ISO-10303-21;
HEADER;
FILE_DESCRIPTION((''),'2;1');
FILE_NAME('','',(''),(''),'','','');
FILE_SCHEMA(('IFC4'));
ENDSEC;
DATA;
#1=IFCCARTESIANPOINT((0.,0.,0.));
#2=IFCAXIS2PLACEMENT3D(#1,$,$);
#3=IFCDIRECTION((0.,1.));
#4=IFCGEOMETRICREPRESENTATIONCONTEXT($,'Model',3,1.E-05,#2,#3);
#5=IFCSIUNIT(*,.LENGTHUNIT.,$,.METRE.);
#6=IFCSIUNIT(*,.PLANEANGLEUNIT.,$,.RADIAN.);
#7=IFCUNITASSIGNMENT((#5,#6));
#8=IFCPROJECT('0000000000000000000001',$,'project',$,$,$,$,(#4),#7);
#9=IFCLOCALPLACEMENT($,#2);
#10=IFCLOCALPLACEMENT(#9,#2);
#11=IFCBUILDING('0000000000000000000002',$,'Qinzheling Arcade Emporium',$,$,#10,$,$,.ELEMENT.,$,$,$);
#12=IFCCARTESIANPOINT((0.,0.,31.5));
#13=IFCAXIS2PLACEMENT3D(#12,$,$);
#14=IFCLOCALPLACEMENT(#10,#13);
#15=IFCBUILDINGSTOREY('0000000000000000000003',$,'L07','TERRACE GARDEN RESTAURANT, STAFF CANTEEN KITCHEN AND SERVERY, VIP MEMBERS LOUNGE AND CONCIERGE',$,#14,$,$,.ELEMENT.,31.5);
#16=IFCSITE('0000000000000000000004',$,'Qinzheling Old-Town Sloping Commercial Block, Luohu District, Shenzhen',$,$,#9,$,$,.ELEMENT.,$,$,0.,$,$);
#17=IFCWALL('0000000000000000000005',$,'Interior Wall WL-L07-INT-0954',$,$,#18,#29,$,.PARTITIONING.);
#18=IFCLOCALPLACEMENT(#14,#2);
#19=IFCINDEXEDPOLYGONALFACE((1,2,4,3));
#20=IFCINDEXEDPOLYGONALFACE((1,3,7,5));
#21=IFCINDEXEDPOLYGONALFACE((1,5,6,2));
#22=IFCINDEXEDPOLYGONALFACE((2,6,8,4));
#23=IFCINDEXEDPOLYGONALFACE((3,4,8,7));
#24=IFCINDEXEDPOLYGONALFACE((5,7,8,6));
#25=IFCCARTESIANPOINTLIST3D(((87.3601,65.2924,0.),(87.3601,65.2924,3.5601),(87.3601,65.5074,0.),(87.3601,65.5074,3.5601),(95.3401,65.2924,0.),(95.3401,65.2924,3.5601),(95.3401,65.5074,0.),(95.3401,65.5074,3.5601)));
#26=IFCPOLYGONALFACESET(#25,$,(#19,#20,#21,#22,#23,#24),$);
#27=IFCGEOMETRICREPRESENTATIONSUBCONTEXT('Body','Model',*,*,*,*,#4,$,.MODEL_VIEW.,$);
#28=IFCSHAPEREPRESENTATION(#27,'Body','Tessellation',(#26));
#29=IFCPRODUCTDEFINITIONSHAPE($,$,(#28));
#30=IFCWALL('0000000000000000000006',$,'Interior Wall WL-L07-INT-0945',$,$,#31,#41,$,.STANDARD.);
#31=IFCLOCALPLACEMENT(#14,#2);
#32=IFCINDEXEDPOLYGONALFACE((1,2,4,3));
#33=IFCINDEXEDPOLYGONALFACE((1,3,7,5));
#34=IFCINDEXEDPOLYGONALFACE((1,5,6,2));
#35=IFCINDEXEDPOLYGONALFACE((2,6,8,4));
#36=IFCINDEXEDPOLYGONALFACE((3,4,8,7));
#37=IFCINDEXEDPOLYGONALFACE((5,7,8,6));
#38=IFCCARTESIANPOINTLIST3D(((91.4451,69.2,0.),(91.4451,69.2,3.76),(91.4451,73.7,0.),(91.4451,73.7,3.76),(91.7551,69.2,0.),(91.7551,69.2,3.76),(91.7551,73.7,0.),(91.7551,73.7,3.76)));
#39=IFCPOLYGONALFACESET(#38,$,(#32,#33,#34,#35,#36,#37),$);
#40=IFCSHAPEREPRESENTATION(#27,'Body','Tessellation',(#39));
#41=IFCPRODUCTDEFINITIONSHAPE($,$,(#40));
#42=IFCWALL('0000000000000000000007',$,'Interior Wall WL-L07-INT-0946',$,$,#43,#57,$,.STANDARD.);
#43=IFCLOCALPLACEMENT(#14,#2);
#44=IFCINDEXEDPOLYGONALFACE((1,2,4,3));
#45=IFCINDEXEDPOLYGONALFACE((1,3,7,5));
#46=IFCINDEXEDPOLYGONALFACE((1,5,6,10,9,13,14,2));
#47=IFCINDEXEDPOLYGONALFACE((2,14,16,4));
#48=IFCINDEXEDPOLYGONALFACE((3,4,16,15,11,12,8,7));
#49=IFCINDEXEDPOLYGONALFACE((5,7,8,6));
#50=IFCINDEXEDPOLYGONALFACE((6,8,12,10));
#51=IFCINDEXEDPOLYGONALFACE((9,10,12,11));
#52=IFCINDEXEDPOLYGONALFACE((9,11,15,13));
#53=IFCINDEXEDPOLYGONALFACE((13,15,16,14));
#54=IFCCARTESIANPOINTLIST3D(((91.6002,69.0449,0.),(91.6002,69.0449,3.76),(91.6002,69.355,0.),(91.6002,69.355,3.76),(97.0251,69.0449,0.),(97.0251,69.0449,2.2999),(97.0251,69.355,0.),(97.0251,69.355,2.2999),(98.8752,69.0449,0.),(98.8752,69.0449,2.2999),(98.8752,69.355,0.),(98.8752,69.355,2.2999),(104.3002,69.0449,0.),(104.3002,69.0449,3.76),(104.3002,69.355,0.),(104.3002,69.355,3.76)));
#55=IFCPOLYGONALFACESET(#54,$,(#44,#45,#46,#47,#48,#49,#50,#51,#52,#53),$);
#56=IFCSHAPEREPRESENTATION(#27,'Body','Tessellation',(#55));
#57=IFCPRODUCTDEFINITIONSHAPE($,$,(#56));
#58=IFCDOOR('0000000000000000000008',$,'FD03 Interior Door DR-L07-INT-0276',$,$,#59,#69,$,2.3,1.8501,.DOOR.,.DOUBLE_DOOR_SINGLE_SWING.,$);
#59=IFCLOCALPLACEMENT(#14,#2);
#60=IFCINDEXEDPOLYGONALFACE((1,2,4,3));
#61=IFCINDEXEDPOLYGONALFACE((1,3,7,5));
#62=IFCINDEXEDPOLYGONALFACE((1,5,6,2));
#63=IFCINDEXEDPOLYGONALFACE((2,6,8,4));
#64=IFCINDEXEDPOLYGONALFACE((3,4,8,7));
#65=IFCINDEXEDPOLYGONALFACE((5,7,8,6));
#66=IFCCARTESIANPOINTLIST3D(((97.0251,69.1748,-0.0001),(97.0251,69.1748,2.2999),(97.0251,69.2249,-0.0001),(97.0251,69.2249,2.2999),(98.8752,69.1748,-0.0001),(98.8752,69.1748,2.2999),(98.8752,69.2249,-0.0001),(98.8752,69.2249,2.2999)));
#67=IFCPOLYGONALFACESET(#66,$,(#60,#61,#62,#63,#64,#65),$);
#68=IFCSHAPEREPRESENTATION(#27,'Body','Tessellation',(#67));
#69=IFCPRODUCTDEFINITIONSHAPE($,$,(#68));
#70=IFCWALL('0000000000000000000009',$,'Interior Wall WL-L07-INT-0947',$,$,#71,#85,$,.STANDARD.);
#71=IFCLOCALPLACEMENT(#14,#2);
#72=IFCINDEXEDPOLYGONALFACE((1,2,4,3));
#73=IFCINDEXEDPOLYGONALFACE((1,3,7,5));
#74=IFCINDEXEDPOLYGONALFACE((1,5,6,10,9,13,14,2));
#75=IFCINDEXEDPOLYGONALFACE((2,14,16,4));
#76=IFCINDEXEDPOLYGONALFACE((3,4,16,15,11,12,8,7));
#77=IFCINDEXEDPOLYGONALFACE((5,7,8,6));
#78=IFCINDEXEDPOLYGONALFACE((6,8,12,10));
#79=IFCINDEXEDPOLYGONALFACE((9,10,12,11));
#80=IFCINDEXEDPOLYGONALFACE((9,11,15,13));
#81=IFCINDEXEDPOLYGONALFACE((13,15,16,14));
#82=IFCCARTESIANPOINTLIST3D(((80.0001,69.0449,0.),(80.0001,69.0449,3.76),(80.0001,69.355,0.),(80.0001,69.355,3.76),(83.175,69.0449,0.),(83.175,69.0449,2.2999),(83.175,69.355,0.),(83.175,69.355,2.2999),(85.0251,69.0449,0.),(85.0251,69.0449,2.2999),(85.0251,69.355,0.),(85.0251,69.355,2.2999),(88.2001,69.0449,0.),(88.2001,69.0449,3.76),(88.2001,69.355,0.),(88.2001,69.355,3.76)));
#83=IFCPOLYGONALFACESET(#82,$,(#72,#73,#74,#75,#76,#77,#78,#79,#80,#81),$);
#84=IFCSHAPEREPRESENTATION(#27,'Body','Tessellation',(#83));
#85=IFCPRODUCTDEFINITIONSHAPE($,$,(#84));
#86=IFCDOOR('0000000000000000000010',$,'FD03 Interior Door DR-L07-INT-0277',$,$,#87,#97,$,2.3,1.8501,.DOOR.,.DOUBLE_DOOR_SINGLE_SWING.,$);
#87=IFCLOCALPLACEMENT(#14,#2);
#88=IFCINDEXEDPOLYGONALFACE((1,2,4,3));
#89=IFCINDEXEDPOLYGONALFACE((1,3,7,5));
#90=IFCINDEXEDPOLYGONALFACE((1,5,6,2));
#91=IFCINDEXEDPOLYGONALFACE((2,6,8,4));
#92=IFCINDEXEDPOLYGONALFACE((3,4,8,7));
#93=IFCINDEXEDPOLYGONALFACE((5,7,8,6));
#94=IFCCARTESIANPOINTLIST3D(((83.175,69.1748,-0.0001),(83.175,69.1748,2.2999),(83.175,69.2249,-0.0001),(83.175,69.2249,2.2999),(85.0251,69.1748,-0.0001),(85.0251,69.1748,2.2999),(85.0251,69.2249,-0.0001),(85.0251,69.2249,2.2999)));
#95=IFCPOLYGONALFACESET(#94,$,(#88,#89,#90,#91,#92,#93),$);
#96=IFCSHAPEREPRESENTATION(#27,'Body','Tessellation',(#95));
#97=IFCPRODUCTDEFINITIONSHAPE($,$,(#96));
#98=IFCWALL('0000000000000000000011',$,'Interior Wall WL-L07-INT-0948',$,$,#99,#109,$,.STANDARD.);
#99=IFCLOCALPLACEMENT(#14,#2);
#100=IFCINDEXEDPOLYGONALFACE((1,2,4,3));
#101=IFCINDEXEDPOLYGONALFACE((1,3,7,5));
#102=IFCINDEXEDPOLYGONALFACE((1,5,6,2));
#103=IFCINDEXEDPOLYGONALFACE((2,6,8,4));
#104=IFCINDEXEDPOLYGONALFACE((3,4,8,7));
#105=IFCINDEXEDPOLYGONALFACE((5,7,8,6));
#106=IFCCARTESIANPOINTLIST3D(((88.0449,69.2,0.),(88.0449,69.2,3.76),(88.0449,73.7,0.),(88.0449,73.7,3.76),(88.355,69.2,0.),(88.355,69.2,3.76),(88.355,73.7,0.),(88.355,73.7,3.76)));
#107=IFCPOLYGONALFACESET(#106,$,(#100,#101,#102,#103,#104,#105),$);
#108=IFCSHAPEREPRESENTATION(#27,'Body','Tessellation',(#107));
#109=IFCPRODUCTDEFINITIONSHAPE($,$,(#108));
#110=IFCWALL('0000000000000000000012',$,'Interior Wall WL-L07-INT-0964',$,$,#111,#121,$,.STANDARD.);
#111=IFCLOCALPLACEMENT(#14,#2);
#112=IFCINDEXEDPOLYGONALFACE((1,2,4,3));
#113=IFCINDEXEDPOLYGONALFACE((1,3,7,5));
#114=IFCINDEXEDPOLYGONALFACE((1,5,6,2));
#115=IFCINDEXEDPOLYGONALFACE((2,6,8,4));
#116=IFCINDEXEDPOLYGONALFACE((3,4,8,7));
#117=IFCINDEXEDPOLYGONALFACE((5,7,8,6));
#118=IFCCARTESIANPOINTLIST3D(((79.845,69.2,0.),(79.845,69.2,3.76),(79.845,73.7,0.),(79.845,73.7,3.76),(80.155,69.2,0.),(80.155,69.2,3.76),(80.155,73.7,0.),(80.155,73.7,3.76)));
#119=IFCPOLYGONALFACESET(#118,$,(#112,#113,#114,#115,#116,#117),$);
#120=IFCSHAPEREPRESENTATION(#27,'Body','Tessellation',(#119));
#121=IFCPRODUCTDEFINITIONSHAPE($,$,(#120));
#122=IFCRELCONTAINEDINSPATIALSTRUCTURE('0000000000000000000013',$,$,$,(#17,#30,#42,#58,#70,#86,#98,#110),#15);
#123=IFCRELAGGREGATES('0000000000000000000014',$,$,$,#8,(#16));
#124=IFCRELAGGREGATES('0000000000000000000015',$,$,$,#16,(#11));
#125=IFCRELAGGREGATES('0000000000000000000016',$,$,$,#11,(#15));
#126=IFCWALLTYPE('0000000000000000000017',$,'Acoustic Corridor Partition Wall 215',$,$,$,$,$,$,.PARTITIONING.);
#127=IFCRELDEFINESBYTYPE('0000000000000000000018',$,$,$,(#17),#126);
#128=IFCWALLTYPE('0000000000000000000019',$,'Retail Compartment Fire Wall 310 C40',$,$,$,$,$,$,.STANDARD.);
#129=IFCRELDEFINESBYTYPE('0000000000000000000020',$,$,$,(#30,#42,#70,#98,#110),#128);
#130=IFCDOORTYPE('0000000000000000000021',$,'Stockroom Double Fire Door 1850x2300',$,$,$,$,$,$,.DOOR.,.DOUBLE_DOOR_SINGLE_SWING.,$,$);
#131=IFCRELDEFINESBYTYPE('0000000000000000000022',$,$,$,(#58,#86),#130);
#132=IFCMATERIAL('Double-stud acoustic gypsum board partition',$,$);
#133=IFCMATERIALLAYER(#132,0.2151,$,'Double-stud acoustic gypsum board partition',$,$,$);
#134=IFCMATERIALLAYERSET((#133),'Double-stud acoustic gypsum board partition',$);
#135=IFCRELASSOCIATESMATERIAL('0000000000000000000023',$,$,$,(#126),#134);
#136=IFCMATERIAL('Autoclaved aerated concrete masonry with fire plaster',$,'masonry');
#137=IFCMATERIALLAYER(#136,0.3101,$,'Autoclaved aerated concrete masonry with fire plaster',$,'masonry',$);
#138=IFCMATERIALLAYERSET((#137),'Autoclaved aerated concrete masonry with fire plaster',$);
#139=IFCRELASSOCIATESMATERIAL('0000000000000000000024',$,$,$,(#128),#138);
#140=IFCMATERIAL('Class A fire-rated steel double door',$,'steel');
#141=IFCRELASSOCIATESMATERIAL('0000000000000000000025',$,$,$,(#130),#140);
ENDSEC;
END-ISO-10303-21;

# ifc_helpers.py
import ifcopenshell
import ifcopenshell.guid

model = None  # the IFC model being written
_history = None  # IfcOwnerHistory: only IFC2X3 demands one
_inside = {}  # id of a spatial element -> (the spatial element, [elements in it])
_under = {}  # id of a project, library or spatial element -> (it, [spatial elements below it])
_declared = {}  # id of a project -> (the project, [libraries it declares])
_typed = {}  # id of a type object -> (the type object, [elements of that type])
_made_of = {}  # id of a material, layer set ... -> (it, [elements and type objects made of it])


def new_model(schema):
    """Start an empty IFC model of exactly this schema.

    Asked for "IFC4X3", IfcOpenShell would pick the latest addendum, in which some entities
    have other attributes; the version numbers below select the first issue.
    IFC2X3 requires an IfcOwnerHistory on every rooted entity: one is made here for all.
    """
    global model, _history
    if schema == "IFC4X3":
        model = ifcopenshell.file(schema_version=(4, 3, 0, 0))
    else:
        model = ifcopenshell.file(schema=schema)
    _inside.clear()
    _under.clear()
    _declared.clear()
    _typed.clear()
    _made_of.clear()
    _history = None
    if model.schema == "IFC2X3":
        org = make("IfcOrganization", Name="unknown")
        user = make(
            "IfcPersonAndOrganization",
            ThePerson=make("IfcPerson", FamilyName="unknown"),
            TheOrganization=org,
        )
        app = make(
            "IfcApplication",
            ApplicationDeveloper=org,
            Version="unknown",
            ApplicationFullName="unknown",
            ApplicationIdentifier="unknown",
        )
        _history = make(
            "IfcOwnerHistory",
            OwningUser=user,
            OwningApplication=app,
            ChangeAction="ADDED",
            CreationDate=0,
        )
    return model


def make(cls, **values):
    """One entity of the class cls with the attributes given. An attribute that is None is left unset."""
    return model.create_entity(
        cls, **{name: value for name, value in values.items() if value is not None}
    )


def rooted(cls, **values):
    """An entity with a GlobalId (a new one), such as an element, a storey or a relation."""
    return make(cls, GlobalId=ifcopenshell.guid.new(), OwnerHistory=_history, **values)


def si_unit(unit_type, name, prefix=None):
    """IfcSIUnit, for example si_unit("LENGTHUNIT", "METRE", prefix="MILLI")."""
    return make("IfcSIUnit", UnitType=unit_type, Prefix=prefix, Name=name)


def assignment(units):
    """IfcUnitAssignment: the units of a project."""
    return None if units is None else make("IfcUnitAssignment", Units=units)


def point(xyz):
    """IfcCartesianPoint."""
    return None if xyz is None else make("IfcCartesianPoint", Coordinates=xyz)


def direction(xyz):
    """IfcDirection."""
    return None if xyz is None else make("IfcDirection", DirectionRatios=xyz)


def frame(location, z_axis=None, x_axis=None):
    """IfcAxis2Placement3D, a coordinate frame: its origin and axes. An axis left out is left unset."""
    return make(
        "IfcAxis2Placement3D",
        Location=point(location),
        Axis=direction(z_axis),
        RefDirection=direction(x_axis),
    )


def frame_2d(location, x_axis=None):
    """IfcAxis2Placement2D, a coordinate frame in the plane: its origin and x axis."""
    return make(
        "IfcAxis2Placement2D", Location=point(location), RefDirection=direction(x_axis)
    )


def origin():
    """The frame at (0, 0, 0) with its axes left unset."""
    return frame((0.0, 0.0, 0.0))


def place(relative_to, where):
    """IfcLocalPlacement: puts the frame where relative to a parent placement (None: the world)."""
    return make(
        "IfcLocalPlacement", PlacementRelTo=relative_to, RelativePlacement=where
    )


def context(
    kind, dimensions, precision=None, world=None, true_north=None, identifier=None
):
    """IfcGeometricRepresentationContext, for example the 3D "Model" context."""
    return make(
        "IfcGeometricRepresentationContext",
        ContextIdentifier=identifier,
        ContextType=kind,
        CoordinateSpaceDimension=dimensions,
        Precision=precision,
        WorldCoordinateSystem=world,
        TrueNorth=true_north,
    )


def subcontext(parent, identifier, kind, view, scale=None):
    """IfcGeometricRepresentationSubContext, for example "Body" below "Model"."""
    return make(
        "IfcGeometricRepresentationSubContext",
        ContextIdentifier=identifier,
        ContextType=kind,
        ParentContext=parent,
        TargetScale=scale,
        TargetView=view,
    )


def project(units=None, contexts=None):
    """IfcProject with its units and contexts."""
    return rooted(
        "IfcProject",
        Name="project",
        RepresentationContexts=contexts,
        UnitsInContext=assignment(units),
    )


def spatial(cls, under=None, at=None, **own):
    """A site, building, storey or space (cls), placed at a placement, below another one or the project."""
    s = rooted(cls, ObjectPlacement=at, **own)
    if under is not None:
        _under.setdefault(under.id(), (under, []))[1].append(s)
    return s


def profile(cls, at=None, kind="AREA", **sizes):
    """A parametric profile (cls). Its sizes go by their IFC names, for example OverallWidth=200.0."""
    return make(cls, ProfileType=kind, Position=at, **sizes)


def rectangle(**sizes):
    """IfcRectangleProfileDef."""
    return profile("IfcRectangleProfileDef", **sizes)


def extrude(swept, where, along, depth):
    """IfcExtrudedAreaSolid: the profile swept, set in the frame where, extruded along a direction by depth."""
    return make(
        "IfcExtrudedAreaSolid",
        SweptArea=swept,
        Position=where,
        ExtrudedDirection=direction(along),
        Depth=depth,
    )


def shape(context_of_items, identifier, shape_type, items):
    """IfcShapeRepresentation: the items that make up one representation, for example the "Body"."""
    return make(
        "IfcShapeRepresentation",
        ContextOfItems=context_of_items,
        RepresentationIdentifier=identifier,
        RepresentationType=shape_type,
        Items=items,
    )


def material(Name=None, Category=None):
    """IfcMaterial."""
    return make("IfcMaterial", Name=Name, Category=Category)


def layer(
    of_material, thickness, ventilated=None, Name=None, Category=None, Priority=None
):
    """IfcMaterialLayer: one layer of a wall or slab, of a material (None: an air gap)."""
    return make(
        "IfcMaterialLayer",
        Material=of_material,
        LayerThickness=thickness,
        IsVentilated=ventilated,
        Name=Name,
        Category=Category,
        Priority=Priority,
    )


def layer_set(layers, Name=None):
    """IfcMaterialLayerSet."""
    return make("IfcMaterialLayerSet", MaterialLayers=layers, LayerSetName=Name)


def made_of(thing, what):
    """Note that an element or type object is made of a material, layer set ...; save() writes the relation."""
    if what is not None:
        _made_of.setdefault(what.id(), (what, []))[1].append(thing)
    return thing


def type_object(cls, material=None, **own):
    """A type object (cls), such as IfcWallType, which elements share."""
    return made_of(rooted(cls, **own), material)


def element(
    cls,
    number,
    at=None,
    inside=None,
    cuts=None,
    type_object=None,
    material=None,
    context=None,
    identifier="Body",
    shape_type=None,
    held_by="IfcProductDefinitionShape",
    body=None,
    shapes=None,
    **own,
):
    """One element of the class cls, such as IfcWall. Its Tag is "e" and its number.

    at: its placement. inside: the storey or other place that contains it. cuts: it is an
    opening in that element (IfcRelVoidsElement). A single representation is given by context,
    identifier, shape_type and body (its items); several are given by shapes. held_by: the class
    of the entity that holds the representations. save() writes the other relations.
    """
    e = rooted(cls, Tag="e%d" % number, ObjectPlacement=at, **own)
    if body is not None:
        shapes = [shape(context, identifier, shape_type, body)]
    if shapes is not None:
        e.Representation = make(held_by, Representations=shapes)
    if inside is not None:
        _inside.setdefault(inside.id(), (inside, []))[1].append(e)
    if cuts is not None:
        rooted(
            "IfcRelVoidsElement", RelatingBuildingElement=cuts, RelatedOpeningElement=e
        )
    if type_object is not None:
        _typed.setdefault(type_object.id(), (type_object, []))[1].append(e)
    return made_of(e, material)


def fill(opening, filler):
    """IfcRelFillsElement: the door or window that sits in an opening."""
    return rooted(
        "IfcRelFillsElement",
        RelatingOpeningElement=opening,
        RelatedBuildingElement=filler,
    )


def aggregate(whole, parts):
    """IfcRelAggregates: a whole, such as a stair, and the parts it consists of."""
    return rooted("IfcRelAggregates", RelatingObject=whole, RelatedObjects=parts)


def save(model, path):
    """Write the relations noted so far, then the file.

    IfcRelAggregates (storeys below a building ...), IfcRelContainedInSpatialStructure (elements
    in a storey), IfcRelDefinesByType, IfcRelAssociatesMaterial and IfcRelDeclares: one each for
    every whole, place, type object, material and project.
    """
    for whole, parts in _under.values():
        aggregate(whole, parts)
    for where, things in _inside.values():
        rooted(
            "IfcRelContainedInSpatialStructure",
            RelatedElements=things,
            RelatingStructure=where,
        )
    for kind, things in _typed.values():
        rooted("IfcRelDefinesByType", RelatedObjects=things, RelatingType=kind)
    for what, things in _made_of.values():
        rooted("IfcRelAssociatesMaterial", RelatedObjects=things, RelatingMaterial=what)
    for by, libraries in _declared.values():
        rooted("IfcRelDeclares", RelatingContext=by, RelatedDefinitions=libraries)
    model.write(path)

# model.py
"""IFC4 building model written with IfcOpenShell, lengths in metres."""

from ifc_helpers import new_model, si_unit, direction, frame, frame_2d, origin, place, context, subcontext, project, spatial, rectangle, extrude, material, layer, layer_set, type_object, element, fill, save


model = new_model("IFC4")

# Units and contexts
model_context = context("Model", 3, precision=1e-05, world=origin(), true_north=direction((0.0, 1.0)))
body_context = subcontext(model_context, "Body", "Model", "MODEL_VIEW")
ifc_project = project(units=[si_unit("LENGTHUNIT", "METRE"), si_unit("PLANEANGLEUNIT", "RADIAN")], contexts=[model_context])

# Site, building, storey
site_placement = place(None, origin())
site = spatial("IfcSite", under=ifc_project, at=site_placement, Name="Qinzheling Old-Town Sloping Commercial Block, Luohu District, Shenzhen", CompositionType="ELEMENT", RefElevation=0.0)
building_placement = place(site_placement, origin())
building = spatial("IfcBuilding", under=site, at=building_placement, Name="Qinzheling Arcade Emporium", CompositionType="ELEMENT")
storey_placement = place(building_placement, frame((0.0, 0.0, 31.5)))
storey = spatial("IfcBuildingStorey", under=building, at=storey_placement, Name="L07", Description="TERRACE GARDEN RESTAURANT, STAFF CANTEEN KITCHEN AND SERVERY, VIP MEMBERS LOUNGE AND CONCIERGE", CompositionType="ELEMENT", Elevation=31.5)

# Walls
ifc_material_1 = material(Name="Double-stud acoustic gypsum board partition")
ifc_layer_1 = layer(ifc_material_1, 0.2151, Name="Double-stud acoustic gypsum board partition")
ifc_layer_set_1 = layer_set([ifc_layer_1], Name="Double-stud acoustic gypsum board partition")
wall_type_1 = type_object("IfcWallType", Name="Acoustic Corridor Partition Wall 215", PredefinedType="PARTITIONING", material=ifc_layer_set_1)
wall_1_placement = place(storey_placement, frame((95.3401, 65.3999, 0.0), z_axis=(0.0, 0.0, 1.0), x_axis=(-1.0, 0.0, 0.0)))
element("IfcWall", 1, at=wall_1_placement, inside=storey, type_object=wall_type_1, Name="Interior Wall WL-L07-INT-0954", PredefinedType="PARTITIONING", context=body_context, shape_type="SweptSolid", body=[
    extrude(rectangle(XDim=7.98, YDim=0.2151, at=frame_2d((3.99, 0.0))), origin(), (0.0, 0.0, 1.0), 3.5601),
])
ifc_material_2 = material(Name="Autoclaved aerated concrete masonry with fire plaster", Category="masonry")
ifc_layer_2 = layer(ifc_material_2, 0.3101, Name="Autoclaved aerated concrete masonry with fire plaster", Category="masonry")
ifc_layer_set_2 = layer_set([ifc_layer_2], Name="Autoclaved aerated concrete masonry with fire plaster")
wall_type_2 = type_object("IfcWallType", Name="Retail Compartment Fire Wall 310 C40", PredefinedType="STANDARD", material=ifc_layer_set_2)
wall_2_placement = place(storey_placement, frame((91.6001, 73.7, 0.0), z_axis=(0.0, 0.0, 1.0), x_axis=(0.0, -1.0, 0.0)))
element("IfcWall", 2, at=wall_2_placement, inside=storey, type_object=wall_type_2, Name="Interior Wall WL-L07-INT-0945", PredefinedType="STANDARD", context=body_context, shape_type="SweptSolid", body=[
    extrude(rectangle(XDim=4.5, YDim=0.3101, at=frame_2d((2.25, 0.0))), origin(), (0.0, 0.0, 1.0), 3.76),
])

# Walls, openings, doors
wall_3_placement = place(storey_placement, frame((91.6001, 69.2, 0.0), z_axis=(0.0, 0.0, 1.0), x_axis=(1.0, 0.0, 0.0)))
wall_3 = element("IfcWall", 3, at=wall_3_placement, inside=storey, type_object=wall_type_2, Name="Interior Wall WL-L07-INT-0946", PredefinedType="STANDARD", context=body_context, shape_type="SweptSolid", body=[
    extrude(rectangle(XDim=12.7, YDim=0.3101, at=frame_2d((6.3501, 0.0))), origin(), (0.0, 0.0, 1.0), 3.76),
])
opening_1_placement = place(wall_3_placement, frame((5.425, 0.0, 0.0)))
opening_1 = element("IfcOpeningElement", 4, at=opening_1_placement, cuts=wall_3, PredefinedType="OPENING", context=body_context, shape_type="SweptSolid", body=[
    extrude(rectangle(XDim=1.8501, YDim=2.3, at=frame_2d((0.925, 1.1499))), frame((0.0, 0.165, 0.0), z_axis=(0.0, -1.0, 0.0), x_axis=(1.0, 0.0, 0.0)), (0.0, 0.0, 1.0), 0.3301),
])
ifc_material_3 = material(Name="Class A fire-rated steel double door", Category="steel")
door_type = type_object("IfcDoorType", Name="Stockroom Double Fire Door 1850x2300", OperationType="DOUBLE_DOOR_SINGLE_SWING", PredefinedType="DOOR", material=ifc_material_3)
door_1_placement = place(opening_1_placement, origin())
door_1 = element("IfcDoor", 5, at=door_1_placement, inside=storey, type_object=door_type, Name="FD03 Interior Door DR-L07-INT-0276", OperationType="DOUBLE_DOOR_SINGLE_SWING", OverallHeight=2.3, OverallWidth=1.8501, PredefinedType="DOOR", context=body_context, shape_type="SweptSolid", body=[
    extrude(rectangle(XDim=1.8501, YDim=2.3, at=frame_2d((0.925, 1.1499))), frame((0.0, 0.0249, 0.0), z_axis=(0.0, -1.0, 0.0), x_axis=(1.0, 0.0, 0.0)), (0.0, 0.0, 1.0), 0.05),
])
fill(opening_1, door_1)
wall_4_placement = place(storey_placement, frame((80.0, 69.2, 0.0), z_axis=(0.0, 0.0, 1.0), x_axis=(1.0, 0.0, 0.0)))
wall_4 = element("IfcWall", 6, at=wall_4_placement, inside=storey, type_object=wall_type_2, Name="Interior Wall WL-L07-INT-0947", PredefinedType="STANDARD", context=body_context, shape_type="SweptSolid", body=[
    extrude(rectangle(XDim=8.2, YDim=0.3101, at=frame_2d((4.1001, 0.0))), origin(), (0.0, 0.0, 1.0), 3.76),
])
opening_2_placement = place(wall_4_placement, frame((3.175, 0.0, 0.0)))
opening_2 = element("IfcOpeningElement", 7, at=opening_2_placement, cuts=wall_4, PredefinedType="OPENING", context=body_context, shape_type="SweptSolid", body=[
    extrude(rectangle(XDim=1.8501, YDim=2.3, at=frame_2d((0.925, 1.1499))), frame((0.0, 0.165, 0.0), z_axis=(0.0, -1.0, 0.0), x_axis=(1.0, 0.0, 0.0)), (0.0, 0.0, 1.0), 0.3301),
])
door_2_placement = place(opening_2_placement, origin())
door_2 = element("IfcDoor", 8, at=door_2_placement, inside=storey, type_object=door_type, Name="FD03 Interior Door DR-L07-INT-0277", OperationType="DOUBLE_DOOR_SINGLE_SWING", OverallHeight=2.3, OverallWidth=1.8501, PredefinedType="DOOR", context=body_context, shape_type="SweptSolid", body=[
    extrude(rectangle(XDim=1.8501, YDim=2.3, at=frame_2d((0.925, 1.1499))), frame((0.0, 0.0249, 0.0), z_axis=(0.0, -1.0, 0.0), x_axis=(1.0, 0.0, 0.0)), (0.0, 0.0, 1.0), 0.05),
])
fill(opening_2, door_2)

# Walls
for number, where, z_axis, x_axis, name in (
    (9, (88.2, 69.2, 0.0), (0.0, 0.0, 1.0), (0.0, 1.0, 0.0), "Interior Wall WL-L07-INT-0948"),
    (10, (80.0, 73.7, 0.0), (0.0, 0.0, 1.0), (0.0, -1.0, 0.0), "Interior Wall WL-L07-INT-0964"),
):
    element("IfcWall", number, at=place(storey_placement, frame(where, z_axis=z_axis, x_axis=x_axis)), inside=storey, type_object=wall_type_2, Name=name, PredefinedType="STANDARD", context=body_context, shape_type="SweptSolid", body=[
        extrude(rectangle(XDim=4.5, YDim=0.3101, at=frame_2d((2.25, 0.0))), origin(), (0.0, 0.0, 1.0), 3.76),
    ])

save(model, "model.ifc")
